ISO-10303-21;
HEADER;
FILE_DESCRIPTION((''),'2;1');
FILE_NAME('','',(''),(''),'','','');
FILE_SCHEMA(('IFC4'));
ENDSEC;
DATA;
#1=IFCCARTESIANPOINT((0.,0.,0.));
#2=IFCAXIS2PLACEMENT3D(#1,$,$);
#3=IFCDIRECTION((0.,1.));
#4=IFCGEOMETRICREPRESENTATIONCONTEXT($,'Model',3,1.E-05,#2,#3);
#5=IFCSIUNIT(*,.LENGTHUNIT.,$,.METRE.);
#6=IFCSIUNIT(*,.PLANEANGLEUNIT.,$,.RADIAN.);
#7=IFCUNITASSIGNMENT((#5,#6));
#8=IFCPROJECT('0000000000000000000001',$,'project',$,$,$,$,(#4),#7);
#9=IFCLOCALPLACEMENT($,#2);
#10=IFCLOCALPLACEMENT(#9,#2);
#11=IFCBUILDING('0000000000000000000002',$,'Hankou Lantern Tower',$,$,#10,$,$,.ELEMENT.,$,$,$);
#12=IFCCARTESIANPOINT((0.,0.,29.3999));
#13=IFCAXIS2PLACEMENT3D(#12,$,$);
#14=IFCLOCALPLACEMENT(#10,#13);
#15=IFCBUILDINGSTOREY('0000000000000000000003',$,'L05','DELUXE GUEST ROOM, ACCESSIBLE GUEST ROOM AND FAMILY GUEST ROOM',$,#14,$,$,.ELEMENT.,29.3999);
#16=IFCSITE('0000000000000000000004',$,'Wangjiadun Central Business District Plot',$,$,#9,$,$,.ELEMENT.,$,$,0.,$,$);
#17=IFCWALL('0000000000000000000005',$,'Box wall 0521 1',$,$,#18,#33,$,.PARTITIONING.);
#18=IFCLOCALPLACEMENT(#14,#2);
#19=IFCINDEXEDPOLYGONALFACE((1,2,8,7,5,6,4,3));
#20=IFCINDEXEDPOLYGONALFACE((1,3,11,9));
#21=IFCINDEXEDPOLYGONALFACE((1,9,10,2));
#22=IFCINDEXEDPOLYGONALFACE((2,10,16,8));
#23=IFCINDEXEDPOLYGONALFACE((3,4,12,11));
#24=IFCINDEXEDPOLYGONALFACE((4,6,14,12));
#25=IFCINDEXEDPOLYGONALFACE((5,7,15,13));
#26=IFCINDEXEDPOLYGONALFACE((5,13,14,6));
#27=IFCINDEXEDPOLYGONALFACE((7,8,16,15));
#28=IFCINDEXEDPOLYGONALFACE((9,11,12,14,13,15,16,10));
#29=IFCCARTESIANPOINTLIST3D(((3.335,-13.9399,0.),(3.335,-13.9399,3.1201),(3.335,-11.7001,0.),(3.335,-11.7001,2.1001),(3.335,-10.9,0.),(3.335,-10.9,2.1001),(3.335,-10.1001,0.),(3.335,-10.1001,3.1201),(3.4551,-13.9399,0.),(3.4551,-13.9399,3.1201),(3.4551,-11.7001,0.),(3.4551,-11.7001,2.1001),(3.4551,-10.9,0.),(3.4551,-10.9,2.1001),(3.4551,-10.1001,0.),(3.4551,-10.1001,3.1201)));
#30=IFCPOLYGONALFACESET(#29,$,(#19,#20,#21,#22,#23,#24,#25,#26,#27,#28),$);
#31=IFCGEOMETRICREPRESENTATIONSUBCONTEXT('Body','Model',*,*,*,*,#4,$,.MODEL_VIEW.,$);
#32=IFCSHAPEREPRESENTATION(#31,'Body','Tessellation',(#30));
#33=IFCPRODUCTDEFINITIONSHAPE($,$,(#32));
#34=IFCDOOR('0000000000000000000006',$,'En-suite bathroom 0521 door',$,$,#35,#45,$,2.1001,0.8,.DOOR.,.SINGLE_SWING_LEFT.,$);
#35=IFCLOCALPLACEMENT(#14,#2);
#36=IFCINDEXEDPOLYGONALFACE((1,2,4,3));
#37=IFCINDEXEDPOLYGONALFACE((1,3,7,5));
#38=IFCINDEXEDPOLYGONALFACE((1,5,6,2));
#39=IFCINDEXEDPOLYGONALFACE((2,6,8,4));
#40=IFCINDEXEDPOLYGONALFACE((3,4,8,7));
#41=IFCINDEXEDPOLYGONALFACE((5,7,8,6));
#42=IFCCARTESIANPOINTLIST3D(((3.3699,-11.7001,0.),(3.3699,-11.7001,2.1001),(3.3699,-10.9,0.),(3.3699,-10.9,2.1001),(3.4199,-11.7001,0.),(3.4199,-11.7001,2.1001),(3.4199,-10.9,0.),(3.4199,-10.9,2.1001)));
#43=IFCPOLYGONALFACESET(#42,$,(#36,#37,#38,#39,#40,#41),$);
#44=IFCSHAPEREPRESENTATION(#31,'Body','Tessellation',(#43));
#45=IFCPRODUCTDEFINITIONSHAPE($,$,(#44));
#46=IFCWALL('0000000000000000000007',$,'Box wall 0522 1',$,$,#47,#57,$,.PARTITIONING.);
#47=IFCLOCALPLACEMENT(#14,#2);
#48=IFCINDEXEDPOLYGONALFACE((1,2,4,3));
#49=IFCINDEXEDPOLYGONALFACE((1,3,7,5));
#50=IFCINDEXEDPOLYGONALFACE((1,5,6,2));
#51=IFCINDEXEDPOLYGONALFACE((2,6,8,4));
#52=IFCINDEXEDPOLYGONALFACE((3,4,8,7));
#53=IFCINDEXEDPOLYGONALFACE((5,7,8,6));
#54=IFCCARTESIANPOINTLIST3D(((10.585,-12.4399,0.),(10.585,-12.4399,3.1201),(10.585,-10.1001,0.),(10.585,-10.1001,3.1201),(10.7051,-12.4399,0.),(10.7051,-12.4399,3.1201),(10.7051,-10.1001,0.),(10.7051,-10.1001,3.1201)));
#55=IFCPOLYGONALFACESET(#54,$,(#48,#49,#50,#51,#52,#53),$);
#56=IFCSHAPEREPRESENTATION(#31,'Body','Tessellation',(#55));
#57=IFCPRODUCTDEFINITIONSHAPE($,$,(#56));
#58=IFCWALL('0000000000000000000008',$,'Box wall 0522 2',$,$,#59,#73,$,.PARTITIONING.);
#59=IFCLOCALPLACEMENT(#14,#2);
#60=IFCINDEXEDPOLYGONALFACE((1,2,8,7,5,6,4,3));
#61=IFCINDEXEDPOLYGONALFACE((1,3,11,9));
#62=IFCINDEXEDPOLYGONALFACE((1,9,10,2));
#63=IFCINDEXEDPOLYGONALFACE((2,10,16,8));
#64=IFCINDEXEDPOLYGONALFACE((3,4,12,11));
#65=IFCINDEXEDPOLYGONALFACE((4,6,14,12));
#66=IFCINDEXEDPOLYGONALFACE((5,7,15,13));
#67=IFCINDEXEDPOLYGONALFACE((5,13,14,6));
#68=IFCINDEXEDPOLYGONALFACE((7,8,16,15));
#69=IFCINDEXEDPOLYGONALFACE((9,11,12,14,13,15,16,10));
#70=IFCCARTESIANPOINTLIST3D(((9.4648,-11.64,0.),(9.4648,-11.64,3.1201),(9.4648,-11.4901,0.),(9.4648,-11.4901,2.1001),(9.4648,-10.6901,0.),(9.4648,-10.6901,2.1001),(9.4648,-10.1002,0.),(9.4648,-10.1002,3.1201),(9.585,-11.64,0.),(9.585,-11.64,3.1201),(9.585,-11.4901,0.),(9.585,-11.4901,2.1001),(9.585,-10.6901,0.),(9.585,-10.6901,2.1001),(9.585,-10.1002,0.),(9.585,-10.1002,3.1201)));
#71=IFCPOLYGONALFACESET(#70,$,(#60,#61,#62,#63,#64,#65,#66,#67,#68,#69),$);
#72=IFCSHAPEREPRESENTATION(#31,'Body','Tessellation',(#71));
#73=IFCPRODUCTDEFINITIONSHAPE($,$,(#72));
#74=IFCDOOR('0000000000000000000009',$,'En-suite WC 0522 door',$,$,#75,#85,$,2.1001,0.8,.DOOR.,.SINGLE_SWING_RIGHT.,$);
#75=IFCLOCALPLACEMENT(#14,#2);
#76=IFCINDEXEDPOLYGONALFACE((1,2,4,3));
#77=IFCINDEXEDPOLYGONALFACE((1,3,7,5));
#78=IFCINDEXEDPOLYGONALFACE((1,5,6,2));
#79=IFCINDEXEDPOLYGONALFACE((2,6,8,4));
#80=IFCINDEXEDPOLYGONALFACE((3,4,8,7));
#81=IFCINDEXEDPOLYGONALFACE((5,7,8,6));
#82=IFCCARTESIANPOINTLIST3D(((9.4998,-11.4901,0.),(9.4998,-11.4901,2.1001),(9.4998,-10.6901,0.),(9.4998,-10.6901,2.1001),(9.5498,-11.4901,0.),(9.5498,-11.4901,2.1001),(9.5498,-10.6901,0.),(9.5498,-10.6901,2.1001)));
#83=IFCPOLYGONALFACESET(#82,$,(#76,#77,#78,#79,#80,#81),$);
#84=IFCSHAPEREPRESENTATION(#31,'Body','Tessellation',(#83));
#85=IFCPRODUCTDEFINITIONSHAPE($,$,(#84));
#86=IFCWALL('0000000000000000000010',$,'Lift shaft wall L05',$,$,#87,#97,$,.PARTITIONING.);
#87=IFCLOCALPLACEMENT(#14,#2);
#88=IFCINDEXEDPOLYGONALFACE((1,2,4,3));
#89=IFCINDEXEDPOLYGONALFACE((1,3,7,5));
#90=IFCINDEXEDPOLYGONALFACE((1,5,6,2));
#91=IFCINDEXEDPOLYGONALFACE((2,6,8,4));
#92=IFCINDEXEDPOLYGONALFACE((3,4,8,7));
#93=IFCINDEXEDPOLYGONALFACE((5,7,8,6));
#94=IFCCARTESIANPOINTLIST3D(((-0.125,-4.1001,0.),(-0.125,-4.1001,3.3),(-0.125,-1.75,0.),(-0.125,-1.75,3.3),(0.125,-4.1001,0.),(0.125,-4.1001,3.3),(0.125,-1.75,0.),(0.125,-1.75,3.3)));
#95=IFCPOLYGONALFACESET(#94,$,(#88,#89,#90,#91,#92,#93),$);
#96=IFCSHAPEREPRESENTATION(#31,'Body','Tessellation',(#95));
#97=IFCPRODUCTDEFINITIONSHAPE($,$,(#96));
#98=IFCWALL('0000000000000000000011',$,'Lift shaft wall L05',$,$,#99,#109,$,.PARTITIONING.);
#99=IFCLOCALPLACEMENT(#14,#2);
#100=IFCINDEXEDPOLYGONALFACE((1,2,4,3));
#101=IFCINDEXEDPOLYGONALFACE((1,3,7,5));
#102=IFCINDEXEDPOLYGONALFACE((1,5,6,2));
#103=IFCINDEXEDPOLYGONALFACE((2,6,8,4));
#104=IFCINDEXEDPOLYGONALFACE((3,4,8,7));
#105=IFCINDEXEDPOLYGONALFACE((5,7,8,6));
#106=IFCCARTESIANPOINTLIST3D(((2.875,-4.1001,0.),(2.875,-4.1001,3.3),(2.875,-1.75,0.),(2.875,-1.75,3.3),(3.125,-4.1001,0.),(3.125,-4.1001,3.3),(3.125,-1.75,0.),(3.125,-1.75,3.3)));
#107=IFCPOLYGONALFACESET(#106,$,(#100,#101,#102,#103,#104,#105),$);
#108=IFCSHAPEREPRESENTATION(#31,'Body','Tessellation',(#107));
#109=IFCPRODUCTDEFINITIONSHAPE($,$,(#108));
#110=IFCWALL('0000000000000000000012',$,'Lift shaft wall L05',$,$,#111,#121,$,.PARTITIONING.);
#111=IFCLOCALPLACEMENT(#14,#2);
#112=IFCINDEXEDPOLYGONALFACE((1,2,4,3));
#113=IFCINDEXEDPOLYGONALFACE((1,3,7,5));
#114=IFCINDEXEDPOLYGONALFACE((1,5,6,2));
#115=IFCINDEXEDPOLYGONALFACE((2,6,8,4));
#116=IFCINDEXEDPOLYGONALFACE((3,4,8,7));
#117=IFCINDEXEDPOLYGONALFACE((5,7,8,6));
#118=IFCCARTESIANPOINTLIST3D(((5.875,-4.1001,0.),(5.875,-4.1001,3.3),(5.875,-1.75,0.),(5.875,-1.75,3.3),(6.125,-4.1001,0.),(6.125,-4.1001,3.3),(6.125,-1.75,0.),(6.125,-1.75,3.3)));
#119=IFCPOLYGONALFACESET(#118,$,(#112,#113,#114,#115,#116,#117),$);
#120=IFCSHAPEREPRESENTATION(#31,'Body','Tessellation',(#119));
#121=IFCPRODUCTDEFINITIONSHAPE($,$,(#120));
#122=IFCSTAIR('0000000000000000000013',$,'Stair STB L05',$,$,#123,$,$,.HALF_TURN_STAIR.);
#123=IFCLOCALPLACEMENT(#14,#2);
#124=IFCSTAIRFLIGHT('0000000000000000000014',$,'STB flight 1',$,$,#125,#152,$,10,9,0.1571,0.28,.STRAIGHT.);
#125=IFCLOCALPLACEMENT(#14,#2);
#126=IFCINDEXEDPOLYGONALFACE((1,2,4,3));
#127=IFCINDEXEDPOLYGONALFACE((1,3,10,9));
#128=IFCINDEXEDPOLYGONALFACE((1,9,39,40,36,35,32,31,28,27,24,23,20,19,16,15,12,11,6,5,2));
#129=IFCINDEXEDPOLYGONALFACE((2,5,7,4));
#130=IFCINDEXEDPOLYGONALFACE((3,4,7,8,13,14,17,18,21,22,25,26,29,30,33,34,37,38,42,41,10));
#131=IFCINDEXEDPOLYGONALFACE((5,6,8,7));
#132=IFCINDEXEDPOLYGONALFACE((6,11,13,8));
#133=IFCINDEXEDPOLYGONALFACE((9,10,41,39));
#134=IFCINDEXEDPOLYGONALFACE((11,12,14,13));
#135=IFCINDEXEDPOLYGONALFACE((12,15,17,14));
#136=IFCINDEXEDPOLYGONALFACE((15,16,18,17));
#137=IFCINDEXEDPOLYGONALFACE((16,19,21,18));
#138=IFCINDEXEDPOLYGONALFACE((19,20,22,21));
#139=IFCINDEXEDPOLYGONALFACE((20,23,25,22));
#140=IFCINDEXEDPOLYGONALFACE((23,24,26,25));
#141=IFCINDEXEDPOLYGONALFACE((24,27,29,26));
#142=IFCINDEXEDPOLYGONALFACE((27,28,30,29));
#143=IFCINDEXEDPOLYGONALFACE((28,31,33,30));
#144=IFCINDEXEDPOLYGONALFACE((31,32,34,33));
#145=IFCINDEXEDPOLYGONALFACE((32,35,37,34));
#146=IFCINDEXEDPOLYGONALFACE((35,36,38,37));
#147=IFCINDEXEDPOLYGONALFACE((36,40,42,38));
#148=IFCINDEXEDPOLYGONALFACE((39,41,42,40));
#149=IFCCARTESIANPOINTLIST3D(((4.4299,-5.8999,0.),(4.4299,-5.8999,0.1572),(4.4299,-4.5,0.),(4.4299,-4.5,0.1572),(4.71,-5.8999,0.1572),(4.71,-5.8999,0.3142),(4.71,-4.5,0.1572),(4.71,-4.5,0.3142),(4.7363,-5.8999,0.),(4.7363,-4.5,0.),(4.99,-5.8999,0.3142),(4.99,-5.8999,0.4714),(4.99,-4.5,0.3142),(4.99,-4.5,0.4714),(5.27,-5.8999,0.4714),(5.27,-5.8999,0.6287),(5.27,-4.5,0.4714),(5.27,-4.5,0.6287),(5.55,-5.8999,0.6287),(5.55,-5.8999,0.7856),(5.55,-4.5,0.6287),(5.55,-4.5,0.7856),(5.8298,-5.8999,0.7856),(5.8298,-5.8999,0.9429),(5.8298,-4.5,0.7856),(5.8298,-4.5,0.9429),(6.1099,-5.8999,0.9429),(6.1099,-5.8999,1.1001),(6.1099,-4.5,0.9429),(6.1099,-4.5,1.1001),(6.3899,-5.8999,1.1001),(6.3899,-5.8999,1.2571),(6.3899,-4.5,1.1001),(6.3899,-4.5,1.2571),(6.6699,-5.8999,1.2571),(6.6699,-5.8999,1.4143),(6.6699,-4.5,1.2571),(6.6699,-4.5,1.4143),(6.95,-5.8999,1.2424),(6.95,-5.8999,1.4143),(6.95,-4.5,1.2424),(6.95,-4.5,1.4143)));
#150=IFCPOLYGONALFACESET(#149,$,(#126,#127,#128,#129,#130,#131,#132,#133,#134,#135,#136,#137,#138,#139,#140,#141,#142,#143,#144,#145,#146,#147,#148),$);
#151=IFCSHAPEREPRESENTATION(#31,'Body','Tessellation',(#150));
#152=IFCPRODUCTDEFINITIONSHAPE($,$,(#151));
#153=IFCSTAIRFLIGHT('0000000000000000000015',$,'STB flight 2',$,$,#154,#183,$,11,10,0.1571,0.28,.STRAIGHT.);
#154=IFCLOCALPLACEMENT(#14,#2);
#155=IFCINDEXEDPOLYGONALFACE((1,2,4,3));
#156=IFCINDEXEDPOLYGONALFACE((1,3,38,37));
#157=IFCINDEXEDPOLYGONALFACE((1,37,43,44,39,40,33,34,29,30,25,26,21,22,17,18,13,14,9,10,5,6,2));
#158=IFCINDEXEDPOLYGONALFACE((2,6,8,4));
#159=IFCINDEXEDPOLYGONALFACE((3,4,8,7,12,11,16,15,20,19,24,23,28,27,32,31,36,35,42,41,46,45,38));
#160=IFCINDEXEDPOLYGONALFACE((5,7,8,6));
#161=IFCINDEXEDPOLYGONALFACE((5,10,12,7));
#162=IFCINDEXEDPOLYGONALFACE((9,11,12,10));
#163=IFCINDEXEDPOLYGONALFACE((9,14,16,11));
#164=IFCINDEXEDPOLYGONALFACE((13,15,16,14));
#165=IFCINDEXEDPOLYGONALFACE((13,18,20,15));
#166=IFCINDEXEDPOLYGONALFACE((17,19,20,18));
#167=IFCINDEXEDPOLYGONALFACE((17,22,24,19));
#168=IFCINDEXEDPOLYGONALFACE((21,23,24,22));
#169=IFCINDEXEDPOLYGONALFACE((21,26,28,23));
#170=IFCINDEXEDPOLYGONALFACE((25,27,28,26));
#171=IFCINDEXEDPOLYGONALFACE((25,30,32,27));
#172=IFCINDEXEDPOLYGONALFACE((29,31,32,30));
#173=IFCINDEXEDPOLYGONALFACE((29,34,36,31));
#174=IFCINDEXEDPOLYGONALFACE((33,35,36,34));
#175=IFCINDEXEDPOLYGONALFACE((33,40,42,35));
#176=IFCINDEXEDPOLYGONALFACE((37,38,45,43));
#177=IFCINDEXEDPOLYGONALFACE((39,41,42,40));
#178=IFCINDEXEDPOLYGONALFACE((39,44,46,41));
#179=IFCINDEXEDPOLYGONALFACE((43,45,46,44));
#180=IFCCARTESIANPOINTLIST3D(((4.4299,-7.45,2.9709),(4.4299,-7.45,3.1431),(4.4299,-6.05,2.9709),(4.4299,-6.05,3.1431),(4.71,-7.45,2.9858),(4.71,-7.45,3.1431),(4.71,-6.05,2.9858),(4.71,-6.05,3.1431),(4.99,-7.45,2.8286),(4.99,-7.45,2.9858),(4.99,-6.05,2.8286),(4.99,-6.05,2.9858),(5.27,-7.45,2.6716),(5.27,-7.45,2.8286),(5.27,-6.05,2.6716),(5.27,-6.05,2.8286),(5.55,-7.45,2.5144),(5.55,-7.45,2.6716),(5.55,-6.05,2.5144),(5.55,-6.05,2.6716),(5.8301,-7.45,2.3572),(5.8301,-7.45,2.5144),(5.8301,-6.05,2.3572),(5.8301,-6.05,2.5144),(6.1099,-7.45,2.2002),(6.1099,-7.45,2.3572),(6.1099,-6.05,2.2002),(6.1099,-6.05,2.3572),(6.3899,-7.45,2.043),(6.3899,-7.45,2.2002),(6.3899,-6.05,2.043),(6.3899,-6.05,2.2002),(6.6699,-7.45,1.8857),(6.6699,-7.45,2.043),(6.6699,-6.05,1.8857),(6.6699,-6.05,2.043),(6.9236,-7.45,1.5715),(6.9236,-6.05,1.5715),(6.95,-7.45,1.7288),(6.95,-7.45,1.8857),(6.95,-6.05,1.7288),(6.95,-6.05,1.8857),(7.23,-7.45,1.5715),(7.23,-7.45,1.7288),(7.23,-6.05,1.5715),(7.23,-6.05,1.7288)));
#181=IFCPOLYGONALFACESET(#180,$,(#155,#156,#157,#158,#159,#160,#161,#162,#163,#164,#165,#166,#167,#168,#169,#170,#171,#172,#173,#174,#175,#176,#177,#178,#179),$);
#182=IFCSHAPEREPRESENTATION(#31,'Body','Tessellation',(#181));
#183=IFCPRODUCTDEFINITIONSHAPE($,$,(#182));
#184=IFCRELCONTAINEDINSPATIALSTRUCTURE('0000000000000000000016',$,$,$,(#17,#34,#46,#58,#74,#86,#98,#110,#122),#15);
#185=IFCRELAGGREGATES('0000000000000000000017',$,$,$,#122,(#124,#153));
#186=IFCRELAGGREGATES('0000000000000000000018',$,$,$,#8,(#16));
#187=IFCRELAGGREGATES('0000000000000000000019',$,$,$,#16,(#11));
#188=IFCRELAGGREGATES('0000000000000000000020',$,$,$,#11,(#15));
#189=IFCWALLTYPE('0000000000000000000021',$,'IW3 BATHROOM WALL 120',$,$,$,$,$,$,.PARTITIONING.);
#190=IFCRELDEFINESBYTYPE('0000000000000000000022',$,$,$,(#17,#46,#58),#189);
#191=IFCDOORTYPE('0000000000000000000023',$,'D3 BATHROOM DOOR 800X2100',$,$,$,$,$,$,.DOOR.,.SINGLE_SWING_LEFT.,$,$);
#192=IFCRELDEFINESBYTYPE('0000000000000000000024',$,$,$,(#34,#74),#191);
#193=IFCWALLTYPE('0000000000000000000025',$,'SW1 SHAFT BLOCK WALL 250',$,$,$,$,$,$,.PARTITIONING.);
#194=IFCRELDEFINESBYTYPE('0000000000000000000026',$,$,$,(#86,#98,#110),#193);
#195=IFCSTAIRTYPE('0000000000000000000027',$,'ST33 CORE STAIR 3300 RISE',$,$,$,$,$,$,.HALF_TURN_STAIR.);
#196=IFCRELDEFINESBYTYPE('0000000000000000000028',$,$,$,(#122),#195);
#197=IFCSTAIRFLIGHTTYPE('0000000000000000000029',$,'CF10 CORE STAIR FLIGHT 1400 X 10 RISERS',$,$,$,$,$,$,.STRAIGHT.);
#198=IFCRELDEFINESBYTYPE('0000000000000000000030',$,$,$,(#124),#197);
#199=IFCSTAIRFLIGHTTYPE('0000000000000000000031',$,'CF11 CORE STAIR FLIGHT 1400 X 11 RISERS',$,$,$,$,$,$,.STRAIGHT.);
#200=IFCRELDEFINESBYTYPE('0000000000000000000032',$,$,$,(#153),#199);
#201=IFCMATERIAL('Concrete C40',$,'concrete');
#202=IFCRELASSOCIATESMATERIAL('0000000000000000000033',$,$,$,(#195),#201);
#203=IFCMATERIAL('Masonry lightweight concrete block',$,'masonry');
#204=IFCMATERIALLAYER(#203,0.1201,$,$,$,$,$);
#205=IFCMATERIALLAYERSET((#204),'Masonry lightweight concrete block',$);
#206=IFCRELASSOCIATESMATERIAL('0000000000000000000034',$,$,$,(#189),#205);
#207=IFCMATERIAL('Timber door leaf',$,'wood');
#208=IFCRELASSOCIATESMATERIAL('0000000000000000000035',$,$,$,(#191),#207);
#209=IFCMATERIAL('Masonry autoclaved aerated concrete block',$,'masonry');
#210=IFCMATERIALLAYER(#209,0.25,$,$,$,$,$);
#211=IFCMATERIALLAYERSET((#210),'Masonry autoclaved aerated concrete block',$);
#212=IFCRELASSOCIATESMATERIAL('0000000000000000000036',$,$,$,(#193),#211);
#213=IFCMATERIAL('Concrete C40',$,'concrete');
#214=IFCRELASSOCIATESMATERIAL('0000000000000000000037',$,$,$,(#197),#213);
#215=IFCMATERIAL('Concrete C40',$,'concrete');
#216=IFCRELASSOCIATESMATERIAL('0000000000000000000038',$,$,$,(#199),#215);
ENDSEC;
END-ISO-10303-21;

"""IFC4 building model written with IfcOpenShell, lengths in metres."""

from ifc_helpers import new_model, si_unit, direction, frame, frame_2d, origin, place, context, subcontext, project, spatial, polyline, rectangle, outline, extrude, material, layer, layer_set, type_object, element, fill, aggregate, save


model = new_model("IFC4")

# Units and contexts
model_context = context("Model", 3, precision=1e-05, world=origin(), true_north=direction((0.0, 1.0)))
body_context = subcontext(model_context, "Body", "Model", "MODEL_VIEW")
ifc_project = project(units=[si_unit("LENGTHUNIT", "METRE"), si_unit("PLANEANGLEUNIT", "RADIAN")], contexts=[model_context])

# Site, building, storey
site_placement = place(None, origin())
site = spatial("IfcSite", under=ifc_project, at=site_placement, Name="Wangjiadun Central Business District Plot", CompositionType="ELEMENT", RefElevation=0.0)
building_placement = place(site_placement, origin())
building = spatial("IfcBuilding", under=site, at=building_placement, Name="Hankou Lantern Tower", CompositionType="ELEMENT")
storey_placement = place(building_placement, frame((0.0, 0.0, 29.3999)))
storey = spatial("IfcBuildingStorey", under=building, at=storey_placement, Name="L05", Description="DELUXE GUEST ROOM, ACCESSIBLE GUEST ROOM AND FAMILY GUEST ROOM", CompositionType="ELEMENT", Elevation=29.3999)

# Shared definitions
ifc_material_1 = material(Name="Concrete C40", Category="concrete")
stair_type = type_object("IfcStairType", Name="ST33 CORE STAIR 3300 RISE", PredefinedType="HALF_TURN_STAIR", material=ifc_material_1)

# Wall, opening, door
ifc_material_2 = material(Name="Masonry lightweight concrete block", Category="masonry")
ifc_layer_1 = layer(ifc_material_2, 0.1201)
ifc_layer_set_1 = layer_set([ifc_layer_1], Name="Masonry lightweight concrete block")
wall_type_1 = type_object("IfcWallType", Name="IW3 BATHROOM WALL 120", PredefinedType="PARTITIONING", material=ifc_layer_set_1)
wall_1_placement = place(storey_placement, frame((3.395, -10.1001, 0.0), z_axis=(0.0, 0.0, 1.0), x_axis=(0.0, -1.0, 0.0)))
wall_1 = element("IfcWall", 1, at=wall_1_placement, inside=storey, type_object=wall_type_1, Name="Box wall 0521 1", PredefinedType="PARTITIONING", context=body_context, shape_type="SweptSolid", body=[
    extrude(rectangle(XDim=3.8398, YDim=0.1201, at=frame_2d((1.9199, 0.0))), origin(), (0.0, 0.0, 1.0), 3.1201),
])
opening_1_placement = place(wall_1_placement, frame((0.8, 0.0, 0.0)))
opening_1 = element("IfcOpeningElement", 2, at=opening_1_placement, cuts=wall_1, PredefinedType="OPENING", context=body_context, shape_type="SweptSolid", body=[
    extrude(rectangle(XDim=0.8, YDim=2.1001, at=frame_2d((0.3999, 1.05))), frame((0.0, 0.0701, 0.0), z_axis=(0.0, -1.0, 0.0), x_axis=(1.0, 0.0, 0.0)), (0.0, 0.0, 1.0), 0.1401),
])
ifc_material_3 = material(Name="Timber door leaf", Category="wood")
door_type_1 = type_object("IfcDoorType", Name="D3 BATHROOM DOOR 800X2100", OperationType="SINGLE_SWING_LEFT", PredefinedType="DOOR", material=ifc_material_3)
door_1_placement = place(opening_1_placement, origin())
door_1 = element("IfcDoor", 3, at=door_1_placement, inside=storey, type_object=door_type_1, Name="En-suite bathroom 0521 door", OperationType="SINGLE_SWING_LEFT", OverallHeight=2.1001, OverallWidth=0.8, PredefinedType="DOOR", context=body_context, shape_type="SweptSolid", body=[
    extrude(rectangle(XDim=0.8, YDim=2.1001, at=frame_2d((0.3999, 1.05))), frame((0.0, 0.0249, 0.0), z_axis=(0.0, -1.0, 0.0), x_axis=(1.0, 0.0, 0.0)), (0.0, 0.0, 1.0), 0.05),
])
fill(opening_1, door_1)

# Wall
wall_2_placement = place(storey_placement, frame((10.645, -10.1001, 0.0), z_axis=(0.0, 0.0, 1.0), x_axis=(0.0, -1.0, 0.0)))
element("IfcWall", 4, at=wall_2_placement, inside=storey, type_object=wall_type_1, Name="Box wall 0522 1", PredefinedType="PARTITIONING", context=body_context, shape_type="SweptSolid", body=[
    extrude(rectangle(XDim=2.3398, YDim=0.1201, at=frame_2d((1.1699, 0.0))), origin(), (0.0, 0.0, 1.0), 3.1201),
])

# Wall, opening, door
wall_3_placement = place(storey_placement, frame((9.5249, -10.1001, 0.0), z_axis=(0.0, 0.0, 1.0), x_axis=(0.0, -1.0, 0.0)))
wall_3 = element("IfcWall", 5, at=wall_3_placement, inside=storey, type_object=wall_type_1, Name="Box wall 0522 2", PredefinedType="PARTITIONING", context=body_context, shape_type="SweptSolid", body=[
    extrude(rectangle(XDim=1.5398, YDim=0.1201, at=frame_2d((0.77, 0.0))), origin(), (0.0, 0.0, 1.0), 3.1201),
])
opening_2_placement = place(wall_3_placement, frame((0.5901, 0.0, 0.0)))
opening_2 = element("IfcOpeningElement", 6, at=opening_2_placement, cuts=wall_3, PredefinedType="OPENING", context=body_context, shape_type="SweptSolid", body=[
    extrude(rectangle(XDim=0.8, YDim=2.1001, at=frame_2d((0.3999, 1.05))), frame((0.0, 0.0701, 0.0), z_axis=(0.0, -1.0, 0.0), x_axis=(1.0, 0.0, 0.0)), (0.0, 0.0, 1.0), 0.1401),
])
door_2_placement = place(opening_2_placement, origin())
door_2 = element("IfcDoor", 7, at=door_2_placement, inside=storey, type_object=door_type_1, Name="En-suite WC 0522 door", OperationType="SINGLE_SWING_RIGHT", OverallHeight=2.1001, OverallWidth=0.8, PredefinedType="DOOR", context=body_context, shape_type="SweptSolid", body=[
    extrude(rectangle(XDim=0.8, YDim=2.1001, at=frame_2d((0.3999, 1.05))), frame((0.0, 0.0249, 0.0), z_axis=(0.0, -1.0, 0.0), x_axis=(1.0, 0.0, 0.0)), (0.0, 0.0, 1.0), 0.05),
])
fill(opening_2, door_2)

# Walls
ifc_material_4 = material(Name="Masonry autoclaved aerated concrete block", Category="masonry")
ifc_layer_2 = layer(ifc_material_4, 0.25)
ifc_layer_set_2 = layer_set([ifc_layer_2], Name="Masonry autoclaved aerated concrete block")
wall_type_2 = type_object("IfcWallType", Name="SW1 SHAFT BLOCK WALL 250", PredefinedType="PARTITIONING", material=ifc_layer_set_2)
for number, where, z_axis, x_axis, name in (
    (8, (0.0, -4.1001, 0.0), (0.0, 0.0, 1.0), (0.0, 1.0, 0.0), "Lift shaft wall L05"),
    (9, (3.0, -4.1001, 0.0), (0.0, 0.0, 1.0), (0.0, 1.0, 0.0), "Lift shaft wall L05"),
    (10, (6.0, -4.1001, 0.0), (0.0, 0.0, 1.0), (0.0, 1.0, 0.0), "Lift shaft wall L05"),
):
    element("IfcWall", number, at=place(storey_placement, frame(where, z_axis=z_axis, x_axis=x_axis)), inside=storey, type_object=wall_type_2, Name=name, PredefinedType="PARTITIONING", context=body_context, shape_type="SweptSolid", body=[
        extrude(rectangle(XDim=2.3501, YDim=0.25, at=frame_2d((1.175, 0.0))), origin(), (0.0, 0.0, 1.0), 3.3),
    ])

# Stair, stair flights
stair_1_placement = place(storey_placement, origin())
stair_1 = element("IfcStair", 11, at=stair_1_placement, inside=storey, type_object=stair_type, Name="Stair STB L05", PredefinedType="HALF_TURN_STAIR")
ifc_material_5 = material(Name="Concrete C40", Category="concrete")
stair_flight_type_1 = type_object("IfcStairFlightType", Name="CF10 CORE STAIR FLIGHT 1400 X 10 RISERS", PredefinedType="STRAIGHT", material=ifc_material_5)
stair_flight_1_placement = place(storey_placement, frame((4.4299, -5.2, 0.0), z_axis=(0.0, 0.0, 1.0), x_axis=(1.0, 0.0, 0.0)))
stair_flight_1 = element("IfcStairFlight", 12, at=stair_flight_1_placement, type_object=stair_flight_type_1, Name="STB flight 1", NumberOfRisers=10, NumberOfTreads=9, PredefinedType="STRAIGHT", RiserHeight=0.1571, TreadLength=0.28, context=body_context, shape_type="SweptSolid", body=[
    extrude(outline(polyline([(0.0, 0.0), (0.0, 0.1572), (0.28, 0.1572), (0.28, 0.3142), (0.5601, 0.3142), (0.5601, 0.4714), (0.8401, 0.4714), (0.8401, 0.6287), (1.1201, 0.6287), (1.1201, 0.7856), (1.3999, 0.7856), (1.3999, 0.9429), (1.6799, 0.9429), (1.6799, 1.1001), (1.96, 1.1001), (1.96, 1.2571), (2.24, 1.2571), (2.24, 1.4143), (2.52, 1.4143), (2.52, 1.5715), (2.52, 1.2424), (0.3064, 0.0), (0.0, 0.0)])), frame((0.0, 0.7, 0.0), z_axis=(0.0, -1.0, 0.0), x_axis=(1.0, 0.0, 0.0)), (0.0, 0.0, 1.0), 1.3999),
])
ifc_material_6 = material(Name="Concrete C40", Category="concrete")
stair_flight_type_2 = type_object("IfcStairFlightType", Name="CF11 CORE STAIR FLIGHT 1400 X 11 RISERS", PredefinedType="STRAIGHT", material=ifc_material_6)
stair_flight_2_placement = place(storey_placement, frame((7.23, -6.75, 1.5715), z_axis=(0.0, 0.0, 1.0), x_axis=(-1.0, 0.0, 0.0)))
stair_flight_2 = element("IfcStairFlight", 13, at=stair_flight_2_placement, type_object=stair_flight_type_2, Name="STB flight 2", NumberOfRisers=11, NumberOfTreads=10, PredefinedType="STRAIGHT", RiserHeight=0.1571, TreadLength=0.28, context=body_context, shape_type="SweptSolid", body=[
    extrude(outline(polyline([(0.0, 0.0), (0.0, 0.1572), (0.28, 0.1572), (0.28, 0.3142), (0.5601, 0.3142), (0.5601, 0.4714), (0.8401, 0.4714), (0.8401, 0.6287), (1.1201, 0.6287), (1.1201, 0.7856), (1.3999, 0.7856), (1.3999, 0.9429), (1.6799, 0.9429), (1.6799, 1.1001), (1.96, 1.1001), (1.96, 1.2571), (2.24, 1.2571), (2.24, 1.4143), (2.52, 1.4143), (2.52, 1.5715), (2.8, 1.5715), (2.8, 1.7285), (2.8, 1.3994), (0.3064, 0.0), (0.0, 0.0)])), frame((0.0, 0.7, 0.0), z_axis=(0.0, -1.0, 0.0), x_axis=(1.0, 0.0, 0.0)), (0.0, 0.0, 1.0), 1.3999),
])
aggregate(stair_1, [stair_flight_1, stair_flight_2])

save(model, "model.ifc")
